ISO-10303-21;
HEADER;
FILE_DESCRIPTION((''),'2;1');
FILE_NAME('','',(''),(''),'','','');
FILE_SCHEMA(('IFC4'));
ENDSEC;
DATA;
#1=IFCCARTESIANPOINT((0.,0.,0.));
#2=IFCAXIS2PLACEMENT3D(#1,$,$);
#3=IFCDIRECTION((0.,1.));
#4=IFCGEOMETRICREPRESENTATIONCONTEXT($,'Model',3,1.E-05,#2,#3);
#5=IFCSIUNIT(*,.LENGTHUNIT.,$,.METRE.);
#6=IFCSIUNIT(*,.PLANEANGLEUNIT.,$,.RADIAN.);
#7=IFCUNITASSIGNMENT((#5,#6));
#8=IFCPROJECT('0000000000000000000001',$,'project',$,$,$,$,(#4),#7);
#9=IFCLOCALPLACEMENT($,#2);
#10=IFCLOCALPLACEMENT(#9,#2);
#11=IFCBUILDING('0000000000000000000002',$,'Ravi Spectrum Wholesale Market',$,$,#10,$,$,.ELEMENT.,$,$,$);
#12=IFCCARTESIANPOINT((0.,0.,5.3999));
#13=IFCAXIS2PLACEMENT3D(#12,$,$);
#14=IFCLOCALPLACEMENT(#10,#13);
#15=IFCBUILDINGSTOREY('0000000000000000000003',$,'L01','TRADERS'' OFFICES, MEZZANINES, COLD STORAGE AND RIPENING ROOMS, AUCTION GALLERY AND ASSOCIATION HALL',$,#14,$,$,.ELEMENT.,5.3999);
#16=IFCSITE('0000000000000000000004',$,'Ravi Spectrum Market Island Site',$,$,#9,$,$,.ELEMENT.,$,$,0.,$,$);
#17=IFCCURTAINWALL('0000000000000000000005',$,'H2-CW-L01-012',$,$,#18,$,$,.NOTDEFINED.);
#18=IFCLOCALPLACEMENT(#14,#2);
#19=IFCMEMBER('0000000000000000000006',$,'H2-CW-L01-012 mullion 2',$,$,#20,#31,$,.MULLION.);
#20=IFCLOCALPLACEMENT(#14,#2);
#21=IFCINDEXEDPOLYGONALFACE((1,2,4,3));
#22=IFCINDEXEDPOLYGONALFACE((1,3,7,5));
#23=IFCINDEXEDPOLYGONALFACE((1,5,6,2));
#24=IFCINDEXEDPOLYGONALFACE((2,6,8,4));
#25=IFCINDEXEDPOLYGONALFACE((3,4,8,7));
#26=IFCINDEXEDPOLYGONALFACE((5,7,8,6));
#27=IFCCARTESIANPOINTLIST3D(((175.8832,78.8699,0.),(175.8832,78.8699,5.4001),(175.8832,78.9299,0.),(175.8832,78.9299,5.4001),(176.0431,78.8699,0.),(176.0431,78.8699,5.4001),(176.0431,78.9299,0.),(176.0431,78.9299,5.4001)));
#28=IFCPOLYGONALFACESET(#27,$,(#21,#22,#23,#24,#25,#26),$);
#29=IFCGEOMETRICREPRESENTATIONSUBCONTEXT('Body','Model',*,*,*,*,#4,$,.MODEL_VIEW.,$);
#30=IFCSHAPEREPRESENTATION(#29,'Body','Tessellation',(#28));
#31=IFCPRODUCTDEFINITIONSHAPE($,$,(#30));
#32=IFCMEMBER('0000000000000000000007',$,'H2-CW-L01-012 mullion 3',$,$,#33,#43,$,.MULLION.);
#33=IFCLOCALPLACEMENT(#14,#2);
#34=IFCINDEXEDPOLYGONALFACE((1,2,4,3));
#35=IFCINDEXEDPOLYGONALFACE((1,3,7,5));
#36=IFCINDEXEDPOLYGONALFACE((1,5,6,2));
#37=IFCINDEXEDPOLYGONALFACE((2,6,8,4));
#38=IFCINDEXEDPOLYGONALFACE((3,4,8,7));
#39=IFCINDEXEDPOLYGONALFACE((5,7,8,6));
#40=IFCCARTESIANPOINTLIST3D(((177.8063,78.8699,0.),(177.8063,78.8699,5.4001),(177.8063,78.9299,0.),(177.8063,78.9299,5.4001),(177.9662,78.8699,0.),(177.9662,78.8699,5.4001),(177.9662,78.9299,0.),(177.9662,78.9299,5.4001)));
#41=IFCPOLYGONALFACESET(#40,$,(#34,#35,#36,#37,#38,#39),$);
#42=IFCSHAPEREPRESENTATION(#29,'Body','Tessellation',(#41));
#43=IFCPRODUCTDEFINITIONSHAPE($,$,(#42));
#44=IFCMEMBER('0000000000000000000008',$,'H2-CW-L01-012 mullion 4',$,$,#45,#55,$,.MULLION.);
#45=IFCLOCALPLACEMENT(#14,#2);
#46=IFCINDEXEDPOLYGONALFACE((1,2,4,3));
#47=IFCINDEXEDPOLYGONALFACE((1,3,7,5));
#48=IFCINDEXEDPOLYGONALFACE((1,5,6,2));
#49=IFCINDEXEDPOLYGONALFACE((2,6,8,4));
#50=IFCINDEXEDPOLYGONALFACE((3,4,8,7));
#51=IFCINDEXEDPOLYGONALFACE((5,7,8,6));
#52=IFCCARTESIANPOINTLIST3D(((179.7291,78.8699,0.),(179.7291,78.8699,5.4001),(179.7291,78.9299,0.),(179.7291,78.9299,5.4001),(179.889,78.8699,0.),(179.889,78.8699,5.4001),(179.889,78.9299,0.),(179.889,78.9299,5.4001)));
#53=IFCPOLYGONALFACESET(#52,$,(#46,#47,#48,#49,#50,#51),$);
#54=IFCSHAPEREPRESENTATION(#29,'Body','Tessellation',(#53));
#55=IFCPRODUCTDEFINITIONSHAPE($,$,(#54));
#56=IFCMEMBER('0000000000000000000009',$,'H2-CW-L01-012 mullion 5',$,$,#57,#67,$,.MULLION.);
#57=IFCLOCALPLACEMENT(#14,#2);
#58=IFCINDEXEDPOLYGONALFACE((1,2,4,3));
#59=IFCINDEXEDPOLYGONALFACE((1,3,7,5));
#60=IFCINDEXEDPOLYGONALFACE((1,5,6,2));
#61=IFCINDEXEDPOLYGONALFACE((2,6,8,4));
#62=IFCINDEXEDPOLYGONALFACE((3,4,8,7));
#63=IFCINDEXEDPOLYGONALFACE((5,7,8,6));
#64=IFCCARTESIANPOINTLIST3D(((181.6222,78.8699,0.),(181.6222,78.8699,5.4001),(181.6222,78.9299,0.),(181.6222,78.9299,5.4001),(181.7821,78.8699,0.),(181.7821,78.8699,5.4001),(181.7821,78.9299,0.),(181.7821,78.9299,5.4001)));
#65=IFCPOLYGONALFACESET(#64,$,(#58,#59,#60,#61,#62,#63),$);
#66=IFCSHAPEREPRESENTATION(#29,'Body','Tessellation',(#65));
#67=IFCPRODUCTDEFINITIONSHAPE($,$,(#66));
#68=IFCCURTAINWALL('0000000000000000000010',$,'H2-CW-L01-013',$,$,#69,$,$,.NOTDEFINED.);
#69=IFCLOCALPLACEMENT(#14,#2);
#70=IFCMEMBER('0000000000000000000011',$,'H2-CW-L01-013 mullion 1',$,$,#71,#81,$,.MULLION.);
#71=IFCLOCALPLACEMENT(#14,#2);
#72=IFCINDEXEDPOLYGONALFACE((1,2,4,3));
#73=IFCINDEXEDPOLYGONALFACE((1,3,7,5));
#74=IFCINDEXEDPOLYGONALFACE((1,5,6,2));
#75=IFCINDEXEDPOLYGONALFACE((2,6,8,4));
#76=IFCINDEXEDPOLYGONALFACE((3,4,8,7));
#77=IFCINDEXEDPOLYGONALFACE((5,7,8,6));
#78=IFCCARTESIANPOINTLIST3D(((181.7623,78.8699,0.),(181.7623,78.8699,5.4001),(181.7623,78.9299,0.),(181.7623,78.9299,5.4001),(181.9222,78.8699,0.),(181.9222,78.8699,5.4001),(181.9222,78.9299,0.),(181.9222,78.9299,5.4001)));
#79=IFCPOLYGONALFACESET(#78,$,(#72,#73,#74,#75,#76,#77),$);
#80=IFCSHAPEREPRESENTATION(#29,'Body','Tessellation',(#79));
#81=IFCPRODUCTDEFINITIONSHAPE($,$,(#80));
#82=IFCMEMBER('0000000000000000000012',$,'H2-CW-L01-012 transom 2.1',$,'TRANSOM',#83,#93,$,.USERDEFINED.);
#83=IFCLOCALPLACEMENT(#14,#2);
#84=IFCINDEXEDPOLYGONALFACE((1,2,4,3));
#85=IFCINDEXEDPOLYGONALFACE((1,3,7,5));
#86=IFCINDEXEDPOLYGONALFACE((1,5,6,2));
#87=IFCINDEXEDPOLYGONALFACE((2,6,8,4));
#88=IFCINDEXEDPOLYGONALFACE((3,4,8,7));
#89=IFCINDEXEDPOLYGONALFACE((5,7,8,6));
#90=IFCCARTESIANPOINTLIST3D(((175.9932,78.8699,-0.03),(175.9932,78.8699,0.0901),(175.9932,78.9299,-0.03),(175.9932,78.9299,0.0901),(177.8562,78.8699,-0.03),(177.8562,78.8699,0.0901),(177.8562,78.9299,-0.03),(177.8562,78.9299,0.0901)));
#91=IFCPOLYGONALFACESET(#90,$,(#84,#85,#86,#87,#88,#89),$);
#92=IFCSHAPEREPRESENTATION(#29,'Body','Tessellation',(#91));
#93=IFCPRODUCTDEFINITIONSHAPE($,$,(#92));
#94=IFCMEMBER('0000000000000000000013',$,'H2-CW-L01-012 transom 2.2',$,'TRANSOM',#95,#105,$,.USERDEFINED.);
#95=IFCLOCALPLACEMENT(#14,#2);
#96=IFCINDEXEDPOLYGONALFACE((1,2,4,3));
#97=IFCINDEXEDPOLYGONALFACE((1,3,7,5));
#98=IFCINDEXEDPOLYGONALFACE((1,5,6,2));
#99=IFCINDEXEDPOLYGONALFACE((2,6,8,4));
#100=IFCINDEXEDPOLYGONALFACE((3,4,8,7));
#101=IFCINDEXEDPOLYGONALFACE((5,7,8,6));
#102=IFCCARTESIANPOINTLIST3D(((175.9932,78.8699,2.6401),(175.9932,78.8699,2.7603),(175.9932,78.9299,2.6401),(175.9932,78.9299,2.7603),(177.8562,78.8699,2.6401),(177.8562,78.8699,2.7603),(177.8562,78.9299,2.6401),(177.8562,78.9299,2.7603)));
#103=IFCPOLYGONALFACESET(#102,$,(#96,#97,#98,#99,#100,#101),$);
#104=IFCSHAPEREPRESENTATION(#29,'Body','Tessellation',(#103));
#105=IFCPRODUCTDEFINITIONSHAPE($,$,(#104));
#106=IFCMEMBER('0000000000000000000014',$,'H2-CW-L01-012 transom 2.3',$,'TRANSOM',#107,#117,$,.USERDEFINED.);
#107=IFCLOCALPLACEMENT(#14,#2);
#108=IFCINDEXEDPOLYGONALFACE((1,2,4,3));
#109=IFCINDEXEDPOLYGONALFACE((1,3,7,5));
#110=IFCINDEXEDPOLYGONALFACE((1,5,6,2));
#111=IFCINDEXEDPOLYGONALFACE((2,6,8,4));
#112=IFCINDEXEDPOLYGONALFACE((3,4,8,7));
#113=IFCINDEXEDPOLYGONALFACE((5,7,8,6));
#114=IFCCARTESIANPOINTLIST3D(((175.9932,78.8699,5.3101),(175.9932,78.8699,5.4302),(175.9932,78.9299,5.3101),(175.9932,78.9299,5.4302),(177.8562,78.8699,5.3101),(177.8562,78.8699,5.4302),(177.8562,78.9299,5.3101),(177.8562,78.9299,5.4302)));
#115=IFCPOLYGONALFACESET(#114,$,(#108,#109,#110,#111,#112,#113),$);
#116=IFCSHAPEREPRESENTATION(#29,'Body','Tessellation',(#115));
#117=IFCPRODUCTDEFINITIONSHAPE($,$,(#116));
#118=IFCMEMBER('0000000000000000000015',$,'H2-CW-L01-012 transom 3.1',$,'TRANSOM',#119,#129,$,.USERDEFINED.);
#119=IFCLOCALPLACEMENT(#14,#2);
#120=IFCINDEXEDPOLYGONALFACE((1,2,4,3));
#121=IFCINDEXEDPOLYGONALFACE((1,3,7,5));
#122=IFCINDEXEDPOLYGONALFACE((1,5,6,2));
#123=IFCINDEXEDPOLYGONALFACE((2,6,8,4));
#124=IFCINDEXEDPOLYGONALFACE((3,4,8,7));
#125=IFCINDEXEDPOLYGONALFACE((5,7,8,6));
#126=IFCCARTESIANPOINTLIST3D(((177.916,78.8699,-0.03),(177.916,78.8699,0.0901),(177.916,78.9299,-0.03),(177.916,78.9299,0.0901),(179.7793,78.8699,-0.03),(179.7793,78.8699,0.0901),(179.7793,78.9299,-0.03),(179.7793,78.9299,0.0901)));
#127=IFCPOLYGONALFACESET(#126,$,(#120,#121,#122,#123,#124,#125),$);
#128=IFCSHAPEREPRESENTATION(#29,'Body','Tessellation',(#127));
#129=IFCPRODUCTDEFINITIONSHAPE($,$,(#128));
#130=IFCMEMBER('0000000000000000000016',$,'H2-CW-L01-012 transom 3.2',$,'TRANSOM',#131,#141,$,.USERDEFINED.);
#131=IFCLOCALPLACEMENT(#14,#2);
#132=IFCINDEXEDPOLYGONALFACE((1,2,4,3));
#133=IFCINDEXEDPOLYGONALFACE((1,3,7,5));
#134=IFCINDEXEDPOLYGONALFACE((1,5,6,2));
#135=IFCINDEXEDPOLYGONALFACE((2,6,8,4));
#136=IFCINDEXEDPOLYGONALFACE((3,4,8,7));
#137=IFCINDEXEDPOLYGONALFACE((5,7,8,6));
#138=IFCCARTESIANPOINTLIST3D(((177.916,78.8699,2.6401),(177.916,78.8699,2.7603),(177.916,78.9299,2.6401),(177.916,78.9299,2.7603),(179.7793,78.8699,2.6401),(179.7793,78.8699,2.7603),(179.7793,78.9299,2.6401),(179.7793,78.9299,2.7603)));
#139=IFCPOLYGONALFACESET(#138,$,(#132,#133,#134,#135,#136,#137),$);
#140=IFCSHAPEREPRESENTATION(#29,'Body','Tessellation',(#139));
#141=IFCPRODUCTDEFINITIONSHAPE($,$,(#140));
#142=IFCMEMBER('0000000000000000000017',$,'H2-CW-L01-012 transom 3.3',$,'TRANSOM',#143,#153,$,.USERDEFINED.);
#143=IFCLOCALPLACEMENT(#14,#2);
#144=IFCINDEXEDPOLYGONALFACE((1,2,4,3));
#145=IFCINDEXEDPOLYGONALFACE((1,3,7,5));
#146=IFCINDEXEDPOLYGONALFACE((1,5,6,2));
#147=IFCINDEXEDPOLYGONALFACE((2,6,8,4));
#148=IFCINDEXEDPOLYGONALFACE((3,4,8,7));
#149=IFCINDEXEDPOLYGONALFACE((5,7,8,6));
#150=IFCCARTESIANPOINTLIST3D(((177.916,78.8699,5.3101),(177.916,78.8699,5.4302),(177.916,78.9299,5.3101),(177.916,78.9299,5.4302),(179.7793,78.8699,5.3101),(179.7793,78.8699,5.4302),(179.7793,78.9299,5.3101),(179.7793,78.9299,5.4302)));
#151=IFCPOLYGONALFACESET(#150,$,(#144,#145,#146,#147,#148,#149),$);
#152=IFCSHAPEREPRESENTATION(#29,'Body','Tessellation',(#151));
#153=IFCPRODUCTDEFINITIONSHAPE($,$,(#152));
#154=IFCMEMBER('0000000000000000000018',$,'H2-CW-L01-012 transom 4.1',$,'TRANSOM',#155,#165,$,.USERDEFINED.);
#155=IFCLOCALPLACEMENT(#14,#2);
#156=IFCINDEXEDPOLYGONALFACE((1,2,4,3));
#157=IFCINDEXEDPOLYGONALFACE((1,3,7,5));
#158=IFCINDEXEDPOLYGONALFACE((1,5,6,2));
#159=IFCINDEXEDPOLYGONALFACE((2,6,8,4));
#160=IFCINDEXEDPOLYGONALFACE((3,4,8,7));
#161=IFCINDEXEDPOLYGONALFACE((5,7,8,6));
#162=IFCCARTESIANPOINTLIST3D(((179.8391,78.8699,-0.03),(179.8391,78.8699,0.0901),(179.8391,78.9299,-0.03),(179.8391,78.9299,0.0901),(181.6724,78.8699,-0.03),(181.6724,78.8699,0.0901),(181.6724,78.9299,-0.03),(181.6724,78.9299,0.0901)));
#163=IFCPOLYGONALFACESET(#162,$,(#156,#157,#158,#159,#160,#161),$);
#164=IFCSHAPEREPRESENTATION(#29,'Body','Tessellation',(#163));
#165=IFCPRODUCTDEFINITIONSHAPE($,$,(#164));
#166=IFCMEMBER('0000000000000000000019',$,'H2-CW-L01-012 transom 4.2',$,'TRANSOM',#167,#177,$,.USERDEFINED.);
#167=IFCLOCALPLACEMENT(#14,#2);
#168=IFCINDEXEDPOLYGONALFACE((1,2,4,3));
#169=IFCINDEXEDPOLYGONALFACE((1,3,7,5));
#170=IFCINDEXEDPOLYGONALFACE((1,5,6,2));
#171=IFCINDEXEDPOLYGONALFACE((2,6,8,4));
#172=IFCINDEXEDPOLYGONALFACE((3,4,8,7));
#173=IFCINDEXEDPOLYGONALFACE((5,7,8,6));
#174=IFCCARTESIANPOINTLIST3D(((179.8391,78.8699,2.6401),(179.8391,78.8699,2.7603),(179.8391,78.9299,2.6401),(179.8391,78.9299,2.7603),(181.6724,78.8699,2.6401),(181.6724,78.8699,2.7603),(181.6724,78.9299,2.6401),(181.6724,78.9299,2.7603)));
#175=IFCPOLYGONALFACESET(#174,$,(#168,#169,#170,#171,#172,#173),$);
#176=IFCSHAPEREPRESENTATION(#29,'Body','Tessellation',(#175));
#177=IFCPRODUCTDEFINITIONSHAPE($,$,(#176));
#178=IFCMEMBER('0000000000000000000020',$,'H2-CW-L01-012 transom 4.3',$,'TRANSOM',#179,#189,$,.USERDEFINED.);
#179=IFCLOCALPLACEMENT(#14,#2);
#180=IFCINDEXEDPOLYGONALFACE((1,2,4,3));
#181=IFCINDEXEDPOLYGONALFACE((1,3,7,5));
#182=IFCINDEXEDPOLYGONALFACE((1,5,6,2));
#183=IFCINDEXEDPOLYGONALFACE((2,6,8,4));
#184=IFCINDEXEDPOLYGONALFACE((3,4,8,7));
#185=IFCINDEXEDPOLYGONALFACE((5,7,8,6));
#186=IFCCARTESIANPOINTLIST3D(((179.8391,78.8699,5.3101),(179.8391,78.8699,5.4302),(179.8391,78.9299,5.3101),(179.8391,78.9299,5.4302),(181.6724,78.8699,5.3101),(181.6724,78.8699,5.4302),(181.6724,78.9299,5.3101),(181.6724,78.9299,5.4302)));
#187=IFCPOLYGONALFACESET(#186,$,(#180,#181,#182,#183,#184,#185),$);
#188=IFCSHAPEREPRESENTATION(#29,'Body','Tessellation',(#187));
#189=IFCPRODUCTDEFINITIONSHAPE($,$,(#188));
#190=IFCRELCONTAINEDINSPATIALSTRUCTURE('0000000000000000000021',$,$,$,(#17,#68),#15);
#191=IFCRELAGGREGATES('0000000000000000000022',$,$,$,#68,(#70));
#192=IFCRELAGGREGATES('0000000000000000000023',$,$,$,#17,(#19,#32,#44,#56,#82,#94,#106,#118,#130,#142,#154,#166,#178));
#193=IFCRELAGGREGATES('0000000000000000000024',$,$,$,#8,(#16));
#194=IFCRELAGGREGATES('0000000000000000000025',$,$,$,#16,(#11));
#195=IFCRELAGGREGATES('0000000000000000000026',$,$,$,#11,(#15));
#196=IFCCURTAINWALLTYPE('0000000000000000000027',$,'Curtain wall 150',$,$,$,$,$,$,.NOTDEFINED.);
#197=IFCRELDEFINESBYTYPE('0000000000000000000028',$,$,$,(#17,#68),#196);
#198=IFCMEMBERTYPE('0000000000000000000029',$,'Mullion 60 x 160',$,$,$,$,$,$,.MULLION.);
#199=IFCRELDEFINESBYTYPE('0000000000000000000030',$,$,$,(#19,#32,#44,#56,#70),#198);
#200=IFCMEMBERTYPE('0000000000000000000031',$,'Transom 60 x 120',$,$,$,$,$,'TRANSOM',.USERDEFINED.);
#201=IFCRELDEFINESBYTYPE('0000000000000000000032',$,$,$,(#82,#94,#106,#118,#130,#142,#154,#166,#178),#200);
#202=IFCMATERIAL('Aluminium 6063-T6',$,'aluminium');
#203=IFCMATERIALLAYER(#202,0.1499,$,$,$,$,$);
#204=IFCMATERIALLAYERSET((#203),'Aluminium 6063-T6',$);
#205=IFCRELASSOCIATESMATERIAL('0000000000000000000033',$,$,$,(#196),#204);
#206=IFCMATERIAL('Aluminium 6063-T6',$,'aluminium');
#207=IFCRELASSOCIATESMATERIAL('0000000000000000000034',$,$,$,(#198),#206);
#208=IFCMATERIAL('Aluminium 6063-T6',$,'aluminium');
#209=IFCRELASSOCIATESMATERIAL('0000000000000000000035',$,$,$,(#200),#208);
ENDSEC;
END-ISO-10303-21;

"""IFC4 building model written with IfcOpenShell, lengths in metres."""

from ifc_helpers import new_model, si_unit, direction, frame, origin, origin_2d, place, context, subcontext, project, spatial, rectangle, extrude, material, layer, layer_set, material_profile, profile_set, type_object, element, aggregate, save


model = new_model("IFC4")

# Units and contexts
model_context = context("Model", 3, precision=1e-05, world=origin(), true_north=direction((0.0, 1.0)))
body_context = subcontext(model_context, "Body", "Model", "MODEL_VIEW")
ifc_project = project(units=[si_unit("LENGTHUNIT", "METRE"), si_unit("PLANEANGLEUNIT", "RADIAN")], contexts=[model_context])

# Site, building, storey
site_placement = place(None, origin())
site = spatial("IfcSite", under=ifc_project, at=site_placement, Name="Ravi Spectrum Market Island Site", CompositionType="ELEMENT", RefElevation=0.0)
building_placement = place(site_placement, origin())
building = spatial("IfcBuilding", under=site, at=building_placement, Name="Ravi Spectrum Wholesale Market", CompositionType="ELEMENT")
storey_placement = place(building_placement, frame((0.0, 0.0, 5.3999)))
storey = spatial("IfcBuildingStorey", under=building, at=storey_placement, Name="L01", Description="TRADERS' OFFICES, MEZZANINES, COLD STORAGE AND RIPENING ROOMS, AUCTION GALLERY AND ASSOCIATION HALL", CompositionType="ELEMENT", Elevation=5.3999)

# Curtain wall, members
ifc_material_1 = material(Name="Aluminium 6063-T6", Category="aluminium")
ifc_layer_1 = layer(ifc_material_1, 0.1499)
ifc_layer_set_1 = layer_set([ifc_layer_1], Name="Aluminium 6063-T6")
curtain_wall_type = type_object("IfcCurtainWallType", Name="Curtain wall 150", PredefinedType="NOTDEFINED", material=ifc_layer_set_1)
curtain_wall_1_placement = place(storey_placement, origin())
curtain_wall_1 = element("IfcCurtainWall", 1, at=curtain_wall_1_placement, inside=storey, type_object=curtain_wall_type, Name="H2-CW-L01-012", PredefinedType="NOTDEFINED")
ifc_material_2 = material(Name="Aluminium 6063-T6", Category="aluminium")
ifc_material_profile_1 = material_profile(ifc_material_2, rectangle(XDim=0.0601, YDim=0.1599, at=origin_2d()))
ifc_profile_set_1 = profile_set([ifc_material_profile_1], Name="Aluminium 6063-T6")
member_type_1 = type_object("IfcMemberType", Name="Mullion 60 x 160", PredefinedType="MULLION", material=ifc_profile_set_1)
member_1_placement = place(storey_placement, frame((175.9631, 78.8999, 0.0), z_axis=(0.0, 0.0, 1.0), x_axis=(0.0, 1.0, 0.0)))
member_1 = element("IfcMember", 2, at=member_1_placement, type_object=member_type_1, Name="H2-CW-L01-012 mullion 2", PredefinedType="MULLION", context=body_context, shape_type="SweptSolid", body=[
    extrude(rectangle(XDim=0.0601, YDim=0.1599, at=origin_2d()), origin(), (0.0, 0.0, 1.0), 5.4001),
])
member_2_placement = place(storey_placement, frame((177.8862, 78.8999, 0.0), z_axis=(0.0, 0.0, 1.0), x_axis=(0.0, 1.0, 0.0)))
member_2 = element("IfcMember", 3, at=member_2_placement, type_object=member_type_1, Name="H2-CW-L01-012 mullion 3", PredefinedType="MULLION", context=body_context, shape_type="SweptSolid", body=[
    extrude(rectangle(XDim=0.0601, YDim=0.1599, at=origin_2d()), origin(), (0.0, 0.0, 1.0), 5.4001),
])
member_3_placement = place(storey_placement, frame((179.8091, 78.8999, 0.0), z_axis=(0.0, 0.0, 1.0), x_axis=(0.0, 1.0, 0.0)))
member_3 = element("IfcMember", 4, at=member_3_placement, type_object=member_type_1, Name="H2-CW-L01-012 mullion 4", PredefinedType="MULLION", context=body_context, shape_type="SweptSolid", body=[
    extrude(rectangle(XDim=0.0601, YDim=0.1599, at=origin_2d()), origin(), (0.0, 0.0, 1.0), 5.4001),
])
member_4_placement = place(storey_placement, frame((181.7021, 78.8999, 0.0), z_axis=(0.0, 0.0, 1.0), x_axis=(0.0, 1.0, 0.0)))
member_4 = element("IfcMember", 5, at=member_4_placement, type_object=member_type_1, Name="H2-CW-L01-012 mullion 5", PredefinedType="MULLION", context=body_context, shape_type="SweptSolid", body=[
    extrude(rectangle(XDim=0.0601, YDim=0.1599, at=origin_2d()), origin(), (0.0, 0.0, 1.0), 5.4001),
])

# Curtain wall, member
curtain_wall_2_placement = place(storey_placement, origin())
curtain_wall_2 = element("IfcCurtainWall", 6, at=curtain_wall_2_placement, inside=storey, type_object=curtain_wall_type, Name="H2-CW-L01-013", PredefinedType="NOTDEFINED")
member_5_placement = place(storey_placement, frame((181.8423, 78.8999, 0.0), z_axis=(0.0, 0.0, 1.0), x_axis=(0.0, 1.0, 0.0)))
member_5 = element("IfcMember", 7, at=member_5_placement, type_object=member_type_1, Name="H2-CW-L01-013 mullion 1", PredefinedType="MULLION", context=body_context, shape_type="SweptSolid", body=[
    extrude(rectangle(XDim=0.0601, YDim=0.1599, at=origin_2d()), origin(), (0.0, 0.0, 1.0), 5.4001),
])
aggregate(curtain_wall_2, [member_5])

# Members
ifc_material_3 = material(Name="Aluminium 6063-T6", Category="aluminium")
ifc_material_profile_2 = material_profile(ifc_material_3, rectangle(XDim=0.0601, YDim=0.1201, at=origin_2d()))
ifc_profile_set_2 = profile_set([ifc_material_profile_2], Name="Aluminium 6063-T6")
member_type_2 = type_object("IfcMemberType", Name="Transom 60 x 120", ElementType="TRANSOM", PredefinedType="USERDEFINED", material=ifc_profile_set_2)
member_6_placement = place(storey_placement, frame((175.9932, 78.8999, 0.03), z_axis=(1.0, 0.0, 0.0), x_axis=(0.0, 1.0, 0.0)))
member_6 = element("IfcMember", 8, at=member_6_placement, type_object=member_type_2, Name="H2-CW-L01-012 transom 2.1", ObjectType="TRANSOM", PredefinedType="USERDEFINED", context=body_context, shape_type="SweptSolid", body=[
    extrude(rectangle(XDim=0.0601, YDim=0.1201, at=origin_2d()), origin(), (0.0, 0.0, 1.0), 1.863),
])
member_7_placement = place(storey_placement, frame((175.9932, 78.8999, 2.7002), z_axis=(1.0, 0.0, 0.0), x_axis=(0.0, 1.0, 0.0)))
member_7 = element("IfcMember", 9, at=member_7_placement, type_object=member_type_2, Name="H2-CW-L01-012 transom 2.2", ObjectType="TRANSOM", PredefinedType="USERDEFINED", context=body_context, shape_type="SweptSolid", body=[
    extrude(rectangle(XDim=0.0601, YDim=0.1201, at=origin_2d()), origin(), (0.0, 0.0, 1.0), 1.863),
])
member_8_placement = place(storey_placement, frame((175.9932, 78.8999, 5.3701), z_axis=(1.0, 0.0, 0.0), x_axis=(0.0, 1.0, 0.0)))
member_8 = element("IfcMember", 10, at=member_8_placement, type_object=member_type_2, Name="H2-CW-L01-012 transom 2.3", ObjectType="TRANSOM", PredefinedType="USERDEFINED", context=body_context, shape_type="SweptSolid", body=[
    extrude(rectangle(XDim=0.0601, YDim=0.1201, at=origin_2d()), origin(), (0.0, 0.0, 1.0), 1.863),
])
member_9_placement = place(storey_placement, frame((177.916, 78.8999, 0.03), z_axis=(1.0, 0.0, 0.0), x_axis=(0.0, 1.0, 0.0)))
member_9 = element("IfcMember", 11, at=member_9_placement, type_object=member_type_2, Name="H2-CW-L01-012 transom 3.1", ObjectType="TRANSOM", PredefinedType="USERDEFINED", context=body_context, shape_type="SweptSolid", body=[
    extrude(rectangle(XDim=0.0601, YDim=0.1201, at=origin_2d()), origin(), (0.0, 0.0, 1.0), 1.8633),
])
member_10_placement = place(storey_placement, frame((177.916, 78.8999, 2.7002), z_axis=(1.0, 0.0, 0.0), x_axis=(0.0, 1.0, 0.0)))
member_10 = element("IfcMember", 12, at=member_10_placement, type_object=member_type_2, Name="H2-CW-L01-012 transom 3.2", ObjectType="TRANSOM", PredefinedType="USERDEFINED", context=body_context, shape_type="SweptSolid", body=[
    extrude(rectangle(XDim=0.0601, YDim=0.1201, at=origin_2d()), origin(), (0.0, 0.0, 1.0), 1.8633),
])
member_11_placement = place(storey_placement, frame((177.916, 78.8999, 5.3701), z_axis=(1.0, 0.0, 0.0), x_axis=(0.0, 1.0, 0.0)))
member_11 = element("IfcMember", 13, at=member_11_placement, type_object=member_type_2, Name="H2-CW-L01-012 transom 3.3", ObjectType="TRANSOM", PredefinedType="USERDEFINED", context=body_context, shape_type="SweptSolid", body=[
    extrude(rectangle(XDim=0.0601, YDim=0.1201, at=origin_2d()), origin(), (0.0, 0.0, 1.0), 1.8633),
])
member_12_placement = place(storey_placement, frame((179.8391, 78.8999, 0.03), z_axis=(1.0, 0.0, 0.0), x_axis=(0.0, 1.0, 0.0)))
member_12 = element("IfcMember", 14, at=member_12_placement, type_object=member_type_2, Name="H2-CW-L01-012 transom 4.1", ObjectType="TRANSOM", PredefinedType="USERDEFINED", context=body_context, shape_type="SweptSolid", body=[
    extrude(rectangle(XDim=0.0601, YDim=0.1201, at=origin_2d()), origin(), (0.0, 0.0, 1.0), 1.8333),
])
member_13_placement = place(storey_placement, frame((179.8391, 78.8999, 2.7002), z_axis=(1.0, 0.0, 0.0), x_axis=(0.0, 1.0, 0.0)))
member_13 = element("IfcMember", 15, at=member_13_placement, type_object=member_type_2, Name="H2-CW-L01-012 transom 4.2", ObjectType="TRANSOM", PredefinedType="USERDEFINED", context=body_context, shape_type="SweptSolid", body=[
    extrude(rectangle(XDim=0.0601, YDim=0.1201, at=origin_2d()), origin(), (0.0, 0.0, 1.0), 1.8333),
])
member_14_placement = place(storey_placement, frame((179.8391, 78.8999, 5.3701), z_axis=(1.0, 0.0, 0.0), x_axis=(0.0, 1.0, 0.0)))
member_14 = element("IfcMember", 16, at=member_14_placement, type_object=member_type_2, Name="H2-CW-L01-012 transom 4.3", ObjectType="TRANSOM", PredefinedType="USERDEFINED", context=body_context, shape_type="SweptSolid", body=[
    extrude(rectangle(XDim=0.0601, YDim=0.1201, at=origin_2d()), origin(), (0.0, 0.0, 1.0), 1.8333),
])

aggregate(curtain_wall_1, [member_1, member_2, member_3, member_4, member_6, member_7, member_8, member_9, member_10, member_11, member_12, member_13, member_14])

save(model, "model.ifc")
